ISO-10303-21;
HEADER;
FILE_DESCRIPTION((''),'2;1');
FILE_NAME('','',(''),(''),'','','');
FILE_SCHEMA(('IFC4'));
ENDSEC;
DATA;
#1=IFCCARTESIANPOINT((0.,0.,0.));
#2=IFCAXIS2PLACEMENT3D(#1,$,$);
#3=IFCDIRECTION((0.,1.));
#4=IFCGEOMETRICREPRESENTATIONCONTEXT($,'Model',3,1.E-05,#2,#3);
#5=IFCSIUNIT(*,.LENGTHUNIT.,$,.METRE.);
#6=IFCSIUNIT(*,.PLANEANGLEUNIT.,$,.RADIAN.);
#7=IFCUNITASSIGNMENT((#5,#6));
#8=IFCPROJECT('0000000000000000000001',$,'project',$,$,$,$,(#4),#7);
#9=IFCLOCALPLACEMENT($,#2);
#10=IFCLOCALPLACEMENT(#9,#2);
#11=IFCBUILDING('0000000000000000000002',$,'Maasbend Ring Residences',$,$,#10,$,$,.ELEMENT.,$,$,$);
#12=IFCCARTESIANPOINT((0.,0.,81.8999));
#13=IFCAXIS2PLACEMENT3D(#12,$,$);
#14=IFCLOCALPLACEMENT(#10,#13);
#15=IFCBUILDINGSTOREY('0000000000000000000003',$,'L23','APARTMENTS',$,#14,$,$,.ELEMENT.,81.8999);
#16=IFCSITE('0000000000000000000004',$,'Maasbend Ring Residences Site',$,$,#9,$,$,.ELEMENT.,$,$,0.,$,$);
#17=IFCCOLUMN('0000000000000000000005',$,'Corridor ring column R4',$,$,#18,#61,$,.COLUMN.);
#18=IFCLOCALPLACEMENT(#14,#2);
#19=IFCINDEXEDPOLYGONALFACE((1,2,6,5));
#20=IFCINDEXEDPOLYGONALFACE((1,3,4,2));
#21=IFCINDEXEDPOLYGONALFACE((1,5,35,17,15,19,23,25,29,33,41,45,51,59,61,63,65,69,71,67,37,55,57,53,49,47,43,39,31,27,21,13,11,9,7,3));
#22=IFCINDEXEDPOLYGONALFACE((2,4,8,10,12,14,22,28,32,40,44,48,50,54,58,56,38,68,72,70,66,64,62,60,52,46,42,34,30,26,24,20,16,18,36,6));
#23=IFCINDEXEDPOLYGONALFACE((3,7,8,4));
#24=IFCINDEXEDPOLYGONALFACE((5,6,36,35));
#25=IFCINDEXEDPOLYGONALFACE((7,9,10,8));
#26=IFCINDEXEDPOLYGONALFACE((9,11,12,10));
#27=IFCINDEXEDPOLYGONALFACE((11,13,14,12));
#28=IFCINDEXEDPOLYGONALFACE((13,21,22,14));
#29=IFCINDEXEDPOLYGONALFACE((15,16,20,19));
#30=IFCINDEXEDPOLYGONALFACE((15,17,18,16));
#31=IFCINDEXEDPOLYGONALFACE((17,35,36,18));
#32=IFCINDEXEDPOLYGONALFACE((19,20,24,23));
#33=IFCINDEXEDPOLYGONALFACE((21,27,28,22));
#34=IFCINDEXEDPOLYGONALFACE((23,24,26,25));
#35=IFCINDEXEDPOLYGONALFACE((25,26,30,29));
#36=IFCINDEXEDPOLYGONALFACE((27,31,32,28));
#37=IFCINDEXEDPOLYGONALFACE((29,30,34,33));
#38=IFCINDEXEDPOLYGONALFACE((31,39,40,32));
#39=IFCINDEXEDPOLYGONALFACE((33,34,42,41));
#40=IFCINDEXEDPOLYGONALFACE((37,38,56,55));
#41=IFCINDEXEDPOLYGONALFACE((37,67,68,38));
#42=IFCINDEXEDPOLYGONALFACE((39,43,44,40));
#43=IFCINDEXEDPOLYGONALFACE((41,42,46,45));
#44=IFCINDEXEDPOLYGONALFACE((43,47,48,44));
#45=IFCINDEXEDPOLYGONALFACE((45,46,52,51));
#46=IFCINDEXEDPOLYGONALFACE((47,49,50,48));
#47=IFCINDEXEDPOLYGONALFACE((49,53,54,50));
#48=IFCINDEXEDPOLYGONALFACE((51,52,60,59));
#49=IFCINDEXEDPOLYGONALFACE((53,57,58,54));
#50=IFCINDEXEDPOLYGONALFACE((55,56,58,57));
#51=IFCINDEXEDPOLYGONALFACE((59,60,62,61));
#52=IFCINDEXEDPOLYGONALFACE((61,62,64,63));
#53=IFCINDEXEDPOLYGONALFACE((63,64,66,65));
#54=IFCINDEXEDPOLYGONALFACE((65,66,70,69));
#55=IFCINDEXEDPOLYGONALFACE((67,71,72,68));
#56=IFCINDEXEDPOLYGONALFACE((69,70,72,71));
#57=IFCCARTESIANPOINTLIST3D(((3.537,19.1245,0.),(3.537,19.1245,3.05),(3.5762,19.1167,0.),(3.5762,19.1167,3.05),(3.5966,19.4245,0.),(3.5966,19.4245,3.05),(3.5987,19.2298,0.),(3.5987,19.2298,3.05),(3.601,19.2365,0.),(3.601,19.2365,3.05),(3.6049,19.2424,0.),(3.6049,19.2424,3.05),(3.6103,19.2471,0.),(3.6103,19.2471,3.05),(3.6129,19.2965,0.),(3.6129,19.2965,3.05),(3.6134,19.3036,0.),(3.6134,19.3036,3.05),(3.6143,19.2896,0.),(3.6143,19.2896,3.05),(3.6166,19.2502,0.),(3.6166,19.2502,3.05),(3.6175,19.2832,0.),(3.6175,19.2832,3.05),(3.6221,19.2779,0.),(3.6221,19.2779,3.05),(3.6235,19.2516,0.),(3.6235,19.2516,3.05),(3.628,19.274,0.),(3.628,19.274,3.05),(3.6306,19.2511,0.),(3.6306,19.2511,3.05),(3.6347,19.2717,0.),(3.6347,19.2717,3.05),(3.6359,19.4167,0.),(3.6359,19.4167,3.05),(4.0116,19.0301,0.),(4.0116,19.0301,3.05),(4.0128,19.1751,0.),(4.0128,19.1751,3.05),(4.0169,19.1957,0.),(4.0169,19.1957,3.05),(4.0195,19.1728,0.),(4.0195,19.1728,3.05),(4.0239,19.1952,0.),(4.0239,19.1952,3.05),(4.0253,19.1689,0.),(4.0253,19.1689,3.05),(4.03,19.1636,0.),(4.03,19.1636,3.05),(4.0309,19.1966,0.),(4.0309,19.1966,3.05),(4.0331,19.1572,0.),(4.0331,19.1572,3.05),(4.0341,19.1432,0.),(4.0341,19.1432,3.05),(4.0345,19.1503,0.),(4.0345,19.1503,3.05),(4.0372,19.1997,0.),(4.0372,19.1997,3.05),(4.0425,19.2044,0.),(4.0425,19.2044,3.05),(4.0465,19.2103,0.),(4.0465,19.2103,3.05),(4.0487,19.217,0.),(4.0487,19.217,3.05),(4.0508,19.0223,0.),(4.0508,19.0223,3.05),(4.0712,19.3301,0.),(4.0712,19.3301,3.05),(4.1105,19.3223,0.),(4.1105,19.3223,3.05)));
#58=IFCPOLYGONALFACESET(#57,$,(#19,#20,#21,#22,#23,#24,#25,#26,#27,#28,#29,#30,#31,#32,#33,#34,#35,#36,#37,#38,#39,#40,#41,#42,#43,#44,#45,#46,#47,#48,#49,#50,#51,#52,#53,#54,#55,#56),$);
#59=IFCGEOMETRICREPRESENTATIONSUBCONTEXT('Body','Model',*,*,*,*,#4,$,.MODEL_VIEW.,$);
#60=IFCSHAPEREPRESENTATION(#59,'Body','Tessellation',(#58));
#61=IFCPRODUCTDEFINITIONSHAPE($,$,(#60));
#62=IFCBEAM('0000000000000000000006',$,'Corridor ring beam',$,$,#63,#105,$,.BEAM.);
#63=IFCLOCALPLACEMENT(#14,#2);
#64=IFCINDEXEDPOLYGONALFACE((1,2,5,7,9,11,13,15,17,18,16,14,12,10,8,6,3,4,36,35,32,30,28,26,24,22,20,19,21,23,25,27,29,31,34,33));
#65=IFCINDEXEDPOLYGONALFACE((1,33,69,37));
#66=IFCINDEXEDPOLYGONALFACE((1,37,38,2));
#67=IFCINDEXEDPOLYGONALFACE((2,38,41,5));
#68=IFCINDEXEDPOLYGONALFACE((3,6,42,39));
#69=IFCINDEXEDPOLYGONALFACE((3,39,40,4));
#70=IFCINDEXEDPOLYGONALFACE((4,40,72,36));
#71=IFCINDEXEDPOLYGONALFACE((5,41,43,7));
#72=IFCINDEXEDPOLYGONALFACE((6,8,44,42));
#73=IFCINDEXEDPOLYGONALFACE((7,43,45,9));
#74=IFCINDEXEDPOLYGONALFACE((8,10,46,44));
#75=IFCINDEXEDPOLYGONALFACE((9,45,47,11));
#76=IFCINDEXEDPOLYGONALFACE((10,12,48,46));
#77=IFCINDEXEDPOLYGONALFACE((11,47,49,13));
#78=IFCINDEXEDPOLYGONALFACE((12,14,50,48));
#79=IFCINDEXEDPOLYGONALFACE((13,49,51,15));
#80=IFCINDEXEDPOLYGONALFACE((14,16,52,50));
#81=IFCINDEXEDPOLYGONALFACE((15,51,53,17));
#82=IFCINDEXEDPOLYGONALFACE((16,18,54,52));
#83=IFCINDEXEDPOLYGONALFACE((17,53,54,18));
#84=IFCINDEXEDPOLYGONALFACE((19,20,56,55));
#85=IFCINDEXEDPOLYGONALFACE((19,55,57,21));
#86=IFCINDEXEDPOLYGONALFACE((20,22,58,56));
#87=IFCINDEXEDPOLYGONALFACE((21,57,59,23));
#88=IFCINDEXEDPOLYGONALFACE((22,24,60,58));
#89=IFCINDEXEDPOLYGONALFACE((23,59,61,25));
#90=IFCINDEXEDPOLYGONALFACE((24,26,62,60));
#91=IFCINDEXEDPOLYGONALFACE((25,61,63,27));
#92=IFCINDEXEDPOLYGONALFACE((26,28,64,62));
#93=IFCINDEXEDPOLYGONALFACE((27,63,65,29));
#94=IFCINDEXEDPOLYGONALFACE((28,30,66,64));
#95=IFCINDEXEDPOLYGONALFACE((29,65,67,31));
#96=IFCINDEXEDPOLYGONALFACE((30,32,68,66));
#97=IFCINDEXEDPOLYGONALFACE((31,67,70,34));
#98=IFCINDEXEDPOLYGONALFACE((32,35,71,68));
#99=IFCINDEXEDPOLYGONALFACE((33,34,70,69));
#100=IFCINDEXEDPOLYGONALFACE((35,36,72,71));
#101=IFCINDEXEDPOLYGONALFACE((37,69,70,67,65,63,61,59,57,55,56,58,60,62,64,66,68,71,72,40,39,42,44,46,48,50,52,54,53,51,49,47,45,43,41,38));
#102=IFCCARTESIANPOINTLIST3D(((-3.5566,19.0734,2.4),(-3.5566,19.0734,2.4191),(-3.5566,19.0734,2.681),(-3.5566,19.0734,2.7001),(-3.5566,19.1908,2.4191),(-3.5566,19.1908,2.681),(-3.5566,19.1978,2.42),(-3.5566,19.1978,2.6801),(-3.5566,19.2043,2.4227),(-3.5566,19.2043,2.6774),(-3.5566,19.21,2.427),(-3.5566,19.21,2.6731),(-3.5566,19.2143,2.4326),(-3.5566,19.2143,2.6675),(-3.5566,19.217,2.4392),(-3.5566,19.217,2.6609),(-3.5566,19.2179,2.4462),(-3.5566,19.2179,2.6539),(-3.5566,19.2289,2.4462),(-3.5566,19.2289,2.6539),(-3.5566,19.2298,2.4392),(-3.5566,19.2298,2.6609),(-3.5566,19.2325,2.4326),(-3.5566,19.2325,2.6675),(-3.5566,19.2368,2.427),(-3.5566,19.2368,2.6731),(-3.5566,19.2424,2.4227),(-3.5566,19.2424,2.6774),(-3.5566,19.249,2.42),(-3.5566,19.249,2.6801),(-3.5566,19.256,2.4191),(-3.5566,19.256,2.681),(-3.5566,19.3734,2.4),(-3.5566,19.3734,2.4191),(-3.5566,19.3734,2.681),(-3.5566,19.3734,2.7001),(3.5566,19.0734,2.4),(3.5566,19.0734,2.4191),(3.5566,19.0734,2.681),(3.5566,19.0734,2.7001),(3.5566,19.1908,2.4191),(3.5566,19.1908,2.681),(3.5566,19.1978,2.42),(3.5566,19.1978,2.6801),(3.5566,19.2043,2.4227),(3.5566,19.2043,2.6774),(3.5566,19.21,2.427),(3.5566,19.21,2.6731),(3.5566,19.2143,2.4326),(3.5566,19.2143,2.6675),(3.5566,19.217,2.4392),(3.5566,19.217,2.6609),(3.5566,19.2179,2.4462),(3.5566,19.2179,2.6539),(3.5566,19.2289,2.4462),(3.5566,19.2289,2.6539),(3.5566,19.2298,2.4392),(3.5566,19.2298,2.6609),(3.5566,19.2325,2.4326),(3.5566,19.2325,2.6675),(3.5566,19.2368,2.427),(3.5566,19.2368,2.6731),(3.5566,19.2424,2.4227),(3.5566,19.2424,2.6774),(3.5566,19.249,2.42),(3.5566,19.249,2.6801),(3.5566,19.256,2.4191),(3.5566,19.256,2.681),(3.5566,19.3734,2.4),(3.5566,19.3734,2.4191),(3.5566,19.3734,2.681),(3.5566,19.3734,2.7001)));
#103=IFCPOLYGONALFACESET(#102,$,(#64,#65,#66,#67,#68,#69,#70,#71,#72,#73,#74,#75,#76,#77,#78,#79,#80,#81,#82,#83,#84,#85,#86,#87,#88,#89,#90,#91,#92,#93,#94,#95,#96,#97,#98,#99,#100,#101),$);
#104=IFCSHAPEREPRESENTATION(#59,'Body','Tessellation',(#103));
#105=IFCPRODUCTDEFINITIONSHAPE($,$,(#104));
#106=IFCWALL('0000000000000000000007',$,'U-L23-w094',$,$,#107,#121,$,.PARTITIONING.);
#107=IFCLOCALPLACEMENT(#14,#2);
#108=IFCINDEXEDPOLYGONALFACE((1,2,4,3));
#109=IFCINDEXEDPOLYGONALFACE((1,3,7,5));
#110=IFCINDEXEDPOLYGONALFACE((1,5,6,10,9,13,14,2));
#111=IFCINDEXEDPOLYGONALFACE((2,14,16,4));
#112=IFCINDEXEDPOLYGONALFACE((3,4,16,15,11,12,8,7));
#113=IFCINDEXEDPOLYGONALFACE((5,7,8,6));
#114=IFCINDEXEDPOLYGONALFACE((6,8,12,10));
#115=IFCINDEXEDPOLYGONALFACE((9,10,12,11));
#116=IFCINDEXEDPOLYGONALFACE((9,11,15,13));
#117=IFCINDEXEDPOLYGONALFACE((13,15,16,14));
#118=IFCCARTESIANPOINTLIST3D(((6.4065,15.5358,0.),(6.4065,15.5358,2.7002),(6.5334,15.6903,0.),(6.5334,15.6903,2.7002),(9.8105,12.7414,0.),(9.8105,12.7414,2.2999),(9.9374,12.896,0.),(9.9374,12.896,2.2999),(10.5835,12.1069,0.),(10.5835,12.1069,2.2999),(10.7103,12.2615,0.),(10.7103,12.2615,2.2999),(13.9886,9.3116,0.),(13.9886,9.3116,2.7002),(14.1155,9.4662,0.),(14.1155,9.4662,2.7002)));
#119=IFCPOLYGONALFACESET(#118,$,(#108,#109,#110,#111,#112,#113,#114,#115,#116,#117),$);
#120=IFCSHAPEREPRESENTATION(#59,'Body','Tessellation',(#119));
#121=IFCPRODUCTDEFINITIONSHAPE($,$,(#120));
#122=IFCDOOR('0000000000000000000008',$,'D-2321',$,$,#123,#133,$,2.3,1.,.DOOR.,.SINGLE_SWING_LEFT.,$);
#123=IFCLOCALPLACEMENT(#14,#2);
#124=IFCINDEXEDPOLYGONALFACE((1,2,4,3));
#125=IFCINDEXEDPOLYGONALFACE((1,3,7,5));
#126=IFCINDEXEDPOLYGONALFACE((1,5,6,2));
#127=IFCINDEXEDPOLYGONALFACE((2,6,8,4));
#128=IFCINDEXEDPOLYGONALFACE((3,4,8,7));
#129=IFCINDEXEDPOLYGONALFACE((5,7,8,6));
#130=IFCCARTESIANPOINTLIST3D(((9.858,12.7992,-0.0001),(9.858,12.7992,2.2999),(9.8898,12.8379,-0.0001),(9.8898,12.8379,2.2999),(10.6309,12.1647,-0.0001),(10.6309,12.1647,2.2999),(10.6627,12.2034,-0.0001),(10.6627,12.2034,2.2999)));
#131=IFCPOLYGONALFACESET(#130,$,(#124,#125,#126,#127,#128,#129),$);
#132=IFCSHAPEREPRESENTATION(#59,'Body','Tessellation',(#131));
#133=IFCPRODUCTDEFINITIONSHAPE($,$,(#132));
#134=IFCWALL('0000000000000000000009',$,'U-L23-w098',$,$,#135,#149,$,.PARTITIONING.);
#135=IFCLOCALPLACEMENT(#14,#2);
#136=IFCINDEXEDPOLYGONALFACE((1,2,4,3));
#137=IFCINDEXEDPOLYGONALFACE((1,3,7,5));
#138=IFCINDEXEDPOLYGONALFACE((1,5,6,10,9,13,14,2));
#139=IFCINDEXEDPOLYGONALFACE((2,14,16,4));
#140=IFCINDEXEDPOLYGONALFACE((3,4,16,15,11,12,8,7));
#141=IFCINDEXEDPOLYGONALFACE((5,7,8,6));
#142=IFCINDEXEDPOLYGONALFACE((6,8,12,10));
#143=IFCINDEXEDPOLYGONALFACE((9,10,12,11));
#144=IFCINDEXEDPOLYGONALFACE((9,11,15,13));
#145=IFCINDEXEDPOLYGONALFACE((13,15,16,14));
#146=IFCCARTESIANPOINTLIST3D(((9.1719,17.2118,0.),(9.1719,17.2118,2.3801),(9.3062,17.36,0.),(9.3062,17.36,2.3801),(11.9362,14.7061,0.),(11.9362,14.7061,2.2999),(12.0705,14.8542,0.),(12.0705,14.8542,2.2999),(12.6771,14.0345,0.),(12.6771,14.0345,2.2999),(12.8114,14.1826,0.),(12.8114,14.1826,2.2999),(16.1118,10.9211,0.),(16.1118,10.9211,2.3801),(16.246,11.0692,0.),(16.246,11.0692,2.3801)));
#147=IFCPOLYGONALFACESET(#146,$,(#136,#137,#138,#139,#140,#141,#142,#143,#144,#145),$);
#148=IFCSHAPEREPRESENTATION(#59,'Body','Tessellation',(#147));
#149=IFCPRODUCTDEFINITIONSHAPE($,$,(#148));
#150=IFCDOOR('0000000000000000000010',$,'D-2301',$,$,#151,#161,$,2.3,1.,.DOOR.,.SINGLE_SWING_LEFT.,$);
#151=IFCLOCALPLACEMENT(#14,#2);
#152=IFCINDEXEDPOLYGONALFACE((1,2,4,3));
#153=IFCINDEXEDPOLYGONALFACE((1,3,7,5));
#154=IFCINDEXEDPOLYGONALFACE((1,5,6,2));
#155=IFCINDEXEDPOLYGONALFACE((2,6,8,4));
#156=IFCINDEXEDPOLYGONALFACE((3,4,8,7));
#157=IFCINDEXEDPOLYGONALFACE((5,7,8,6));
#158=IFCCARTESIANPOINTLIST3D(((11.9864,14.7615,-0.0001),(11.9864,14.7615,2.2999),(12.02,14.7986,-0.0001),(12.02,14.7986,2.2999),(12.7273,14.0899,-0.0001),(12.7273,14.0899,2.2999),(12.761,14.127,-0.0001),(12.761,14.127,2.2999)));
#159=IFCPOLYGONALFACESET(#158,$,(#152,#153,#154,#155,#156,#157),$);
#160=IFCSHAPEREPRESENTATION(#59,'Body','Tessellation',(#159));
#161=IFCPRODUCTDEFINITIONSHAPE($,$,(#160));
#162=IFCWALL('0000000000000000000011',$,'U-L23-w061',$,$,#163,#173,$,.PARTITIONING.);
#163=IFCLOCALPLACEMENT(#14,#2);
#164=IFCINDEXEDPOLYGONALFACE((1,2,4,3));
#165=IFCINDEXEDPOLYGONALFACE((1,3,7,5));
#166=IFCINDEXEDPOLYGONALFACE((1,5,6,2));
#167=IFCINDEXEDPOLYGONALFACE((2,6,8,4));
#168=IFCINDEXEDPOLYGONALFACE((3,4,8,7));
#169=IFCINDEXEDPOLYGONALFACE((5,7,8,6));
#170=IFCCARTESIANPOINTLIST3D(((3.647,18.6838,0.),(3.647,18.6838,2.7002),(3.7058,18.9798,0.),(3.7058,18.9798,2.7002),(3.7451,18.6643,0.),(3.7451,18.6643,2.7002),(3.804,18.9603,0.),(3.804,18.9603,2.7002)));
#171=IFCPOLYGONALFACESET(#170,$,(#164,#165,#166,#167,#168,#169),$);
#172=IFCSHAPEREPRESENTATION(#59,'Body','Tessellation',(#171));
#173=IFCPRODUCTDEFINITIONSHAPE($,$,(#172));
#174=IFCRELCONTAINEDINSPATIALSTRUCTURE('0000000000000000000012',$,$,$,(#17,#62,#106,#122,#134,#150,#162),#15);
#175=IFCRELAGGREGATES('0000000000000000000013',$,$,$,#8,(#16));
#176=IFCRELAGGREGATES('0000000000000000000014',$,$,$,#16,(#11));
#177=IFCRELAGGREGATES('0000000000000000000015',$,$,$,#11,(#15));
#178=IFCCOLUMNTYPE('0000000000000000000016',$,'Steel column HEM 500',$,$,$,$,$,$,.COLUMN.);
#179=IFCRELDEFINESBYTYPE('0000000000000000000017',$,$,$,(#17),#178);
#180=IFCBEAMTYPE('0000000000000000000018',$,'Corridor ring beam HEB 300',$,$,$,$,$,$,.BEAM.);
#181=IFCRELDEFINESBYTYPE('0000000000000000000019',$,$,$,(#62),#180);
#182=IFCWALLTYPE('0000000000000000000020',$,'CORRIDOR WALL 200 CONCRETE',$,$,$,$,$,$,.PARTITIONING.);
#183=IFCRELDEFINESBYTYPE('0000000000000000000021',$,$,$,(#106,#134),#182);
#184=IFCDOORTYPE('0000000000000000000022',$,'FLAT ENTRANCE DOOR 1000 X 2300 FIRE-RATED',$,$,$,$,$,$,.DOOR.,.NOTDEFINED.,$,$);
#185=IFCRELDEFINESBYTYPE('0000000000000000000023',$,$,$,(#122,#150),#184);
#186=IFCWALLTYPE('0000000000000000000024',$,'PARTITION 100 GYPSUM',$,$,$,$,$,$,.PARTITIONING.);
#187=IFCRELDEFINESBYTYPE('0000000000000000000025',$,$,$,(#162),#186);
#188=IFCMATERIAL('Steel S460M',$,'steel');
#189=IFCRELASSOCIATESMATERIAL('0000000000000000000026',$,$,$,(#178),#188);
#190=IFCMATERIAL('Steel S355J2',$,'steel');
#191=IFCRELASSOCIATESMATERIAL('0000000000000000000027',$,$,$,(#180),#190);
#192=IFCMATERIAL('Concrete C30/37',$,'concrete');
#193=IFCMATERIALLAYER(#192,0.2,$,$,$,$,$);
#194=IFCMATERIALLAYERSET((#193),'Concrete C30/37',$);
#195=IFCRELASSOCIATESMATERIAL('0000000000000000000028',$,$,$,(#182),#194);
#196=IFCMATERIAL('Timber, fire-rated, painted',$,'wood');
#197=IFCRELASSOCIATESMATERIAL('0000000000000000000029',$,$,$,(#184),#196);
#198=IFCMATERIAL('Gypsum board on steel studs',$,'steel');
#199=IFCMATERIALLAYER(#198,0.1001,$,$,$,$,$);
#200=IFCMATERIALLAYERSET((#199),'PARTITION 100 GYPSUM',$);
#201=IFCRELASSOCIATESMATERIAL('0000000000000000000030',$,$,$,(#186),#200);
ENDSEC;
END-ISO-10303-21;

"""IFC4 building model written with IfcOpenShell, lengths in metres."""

from ifc_helpers import new_model, si_unit, direction, frame, frame_2d, origin, origin_2d, place, context, subcontext, project, spatial, rectangle, i_section, extrude, material, layer, layer_set, material_profile, profile_set, type_object, element, fill, save


model = new_model("IFC4")

# Units and contexts
model_context = context("Model", 3, precision=1e-05, world=origin(), true_north=direction((0.0, 1.0)))
body_context = subcontext(model_context, "Body", "Model", "MODEL_VIEW")
ifc_project = project(units=[si_unit("LENGTHUNIT", "METRE"), si_unit("PLANEANGLEUNIT", "RADIAN")], contexts=[model_context])

# Site, building, storey
site_placement = place(None, origin())
site = spatial("IfcSite", under=ifc_project, at=site_placement, Name="Maasbend Ring Residences Site", CompositionType="ELEMENT", RefElevation=0.0)
building_placement = place(site_placement, origin())
building = spatial("IfcBuilding", under=site, at=building_placement, Name="Maasbend Ring Residences", CompositionType="ELEMENT")
storey_placement = place(building_placement, frame((0.0, 0.0, 81.8999)))
storey = spatial("IfcBuildingStorey", under=building, at=storey_placement, Name="L23", Description="APARTMENTS", CompositionType="ELEMENT", Elevation=81.8999)

# Column
ifc_material_1 = material(Name="Steel S460M", Category="steel")
ifc_material_profile_1 = material_profile(ifc_material_1, i_section(OverallWidth=0.3059, OverallDepth=0.5239, WebThickness=0.021, FlangeThickness=0.04, FilletRadius=0.0271, at=origin_2d()), Name="HEM 500")
ifc_profile_set_1 = profile_set([ifc_material_profile_1], Name="Steel S460M")
column_type = type_object("IfcColumnType", Name="Steel column HEM 500", PredefinedType="COLUMN", material=ifc_profile_set_1)
column_placement = place(storey_placement, frame((3.8237, 19.2234, 0.0), z_axis=(0.0, 0.0, 1.0), x_axis=(0.19509, 0.980785, 0.0)))
element("IfcColumn", 1, at=column_placement, inside=storey, type_object=column_type, Name="Corridor ring column R4", PredefinedType="COLUMN", context=body_context, shape_type="SweptSolid", body=[
    extrude(i_section(OverallWidth=0.3059, OverallDepth=0.5239, WebThickness=0.021, FlangeThickness=0.04, FilletRadius=0.0271, at=origin_2d()), origin(), (0.0, 0.0, 1.0), 3.05),
])

# Beam
ifc_material_2 = material(Name="Steel S355J2", Category="steel")
ifc_material_profile_2 = material_profile(ifc_material_2, i_section(OverallWidth=0.3, OverallDepth=0.3, WebThickness=0.011, FlangeThickness=0.019, FilletRadius=0.0271, at=origin_2d()), Name="HEB 300")
ifc_profile_set_2 = profile_set([ifc_material_profile_2], Name="Steel S355J2")
beam_type = type_object("IfcBeamType", Name="Corridor ring beam HEB 300", PredefinedType="BEAM", material=ifc_profile_set_2)
beam_placement = place(storey_placement, frame((3.5566, 19.2234, 2.55), z_axis=(-1.0, 0.0, 0.0), x_axis=(0.0, -1.0, 0.0)))
element("IfcBeam", 2, at=beam_placement, inside=storey, type_object=beam_type, Name="Corridor ring beam", PredefinedType="BEAM", context=body_context, shape_type="SweptSolid", body=[
    extrude(i_section(OverallWidth=0.3, OverallDepth=0.3, WebThickness=0.011, FlangeThickness=0.019, FilletRadius=0.0271, at=origin_2d()), origin(), (0.0, 0.0, 1.0), 7.1133),
])

# Walls, openings, doors
ifc_material_3 = material(Name="Concrete C30/37", Category="concrete")
ifc_layer_1 = layer(ifc_material_3, 0.2)
ifc_layer_set_1 = layer_set([ifc_layer_1], Name="Concrete C30/37")
wall_type_1 = type_object("IfcWallType", Name="CORRIDOR WALL 200 CONCRETE", PredefinedType="PARTITIONING", material=ifc_layer_set_1)
wall_1_placement = place(storey_placement, frame((6.47, 15.613, 0.0), z_axis=(0.0, 0.0, 1.0), x_axis=(0.772925, -0.634497, 0.0)))
wall_1 = element("IfcWall", 3, at=wall_1_placement, inside=storey, type_object=wall_type_1, Name="U-L23-w094", PredefinedType="PARTITIONING", context=body_context, shape_type="SweptSolid", body=[
    extrude(rectangle(XDim=9.8096, YDim=0.2, at=frame_2d((4.9048, 0.0))), origin(), (0.0, 0.0, 1.0), 2.7002),
])
opening_1_placement = place(wall_1_placement, frame((4.4041, 0.0, 0.0)))
opening_1 = element("IfcOpeningElement", 4, at=opening_1_placement, cuts=wall_1, PredefinedType="OPENING", context=body_context, shape_type="SweptSolid", body=[
    extrude(rectangle(XDim=1.0, YDim=2.3, at=frame_2d((0.5, 1.1499))), frame((0.0, 0.1099, 0.0), z_axis=(0.0, -1.0, 0.0), x_axis=(1.0, 0.0, 0.0)), (0.0, 0.0, 1.0), 0.22),
])
ifc_material_4 = material(Name="Timber, fire-rated, painted", Category="wood")
door_type_1 = type_object("IfcDoorType", Name="FLAT ENTRANCE DOOR 1000 X 2300 FIRE-RATED", OperationType="NOTDEFINED", PredefinedType="DOOR", material=ifc_material_4)
door_1_placement = place(opening_1_placement, origin())
door_1 = element("IfcDoor", 5, at=door_1_placement, inside=storey, type_object=door_type_1, Name="D-2321", OperationType="SINGLE_SWING_LEFT", OverallHeight=2.3, OverallWidth=1.0, PredefinedType="DOOR", context=body_context, shape_type="SweptSolid", body=[
    extrude(rectangle(XDim=1.0, YDim=2.3, at=frame_2d((0.5, 1.1499))), frame((0.0, 0.0249, 0.0), z_axis=(0.0, -1.0, 0.0), x_axis=(1.0, 0.0, 0.0)), (0.0, 0.0, 1.0), 0.05),
])
fill(opening_1, door_1)
wall_2_placement = place(storey_placement, frame((9.239, 17.2859, 0.0), z_axis=(0.0, 0.0, 1.0), x_axis=(0.74091, -0.671604, 0.0)))
wall_2 = element("IfcWall", 6, at=wall_2_placement, inside=storey, type_object=wall_type_1, Name="U-L23-w098", PredefinedType="PARTITIONING", context=body_context, shape_type="SweptSolid", body=[
    extrude(rectangle(XDim=9.3667, YDim=0.2, at=frame_2d((4.6833, 0.0))), origin(), (0.0, 0.0, 1.0), 2.3801),
])
opening_2_placement = place(wall_2_placement, frame((3.731, 0.0, 0.0)))
opening_2 = element("IfcOpeningElement", 7, at=opening_2_placement, cuts=wall_2, PredefinedType="OPENING", context=body_context, shape_type="SweptSolid", body=[
    extrude(rectangle(XDim=1.0, YDim=2.3, at=frame_2d((0.5, 1.1499))), frame((0.0, 0.1099, 0.0), z_axis=(0.0, -1.0, 0.0), x_axis=(1.0, 0.0, 0.0)), (0.0, 0.0, 1.0), 0.22),
])
door_2_placement = place(opening_2_placement, origin())
door_2 = element("IfcDoor", 8, at=door_2_placement, inside=storey, type_object=door_type_1, Name="D-2301", OperationType="SINGLE_SWING_LEFT", OverallHeight=2.3, OverallWidth=1.0, PredefinedType="DOOR", context=body_context, shape_type="SweptSolid", body=[
    extrude(rectangle(XDim=1.0, YDim=2.3, at=frame_2d((0.5, 1.1499))), frame((0.0, 0.0249, 0.0), z_axis=(0.0, -1.0, 0.0), x_axis=(1.0, 0.0, 0.0)), (0.0, 0.0, 1.0), 0.05),
])
fill(opening_2, door_2)

# Wall
ifc_material_5 = material(Name="Gypsum board on steel studs", Category="steel")
ifc_layer_2 = layer(ifc_material_5, 0.1001)
ifc_layer_set_2 = layer_set([ifc_layer_2], Name="PARTITION 100 GYPSUM")
wall_type_2 = type_object("IfcWallType", Name="PARTITION 100 GYPSUM", PredefinedType="PARTITIONING", material=ifc_layer_set_2)
wall_3_placement = place(storey_placement, frame((3.696, 18.6741, 0.0), z_axis=(0.0, 0.0, 1.0), x_axis=(0.195027, 0.980798, 0.0)))
element("IfcWall", 9, at=wall_3_placement, inside=storey, type_object=wall_type_2, Name="U-L23-w061", PredefinedType="PARTITIONING", context=body_context, shape_type="SweptSolid", body=[
    extrude(rectangle(XDim=0.3018, YDim=0.1001, at=frame_2d((0.1509, 0.0))), origin(), (0.0, 0.0, 1.0), 2.7002),
])

save(model, "model.ifc")
